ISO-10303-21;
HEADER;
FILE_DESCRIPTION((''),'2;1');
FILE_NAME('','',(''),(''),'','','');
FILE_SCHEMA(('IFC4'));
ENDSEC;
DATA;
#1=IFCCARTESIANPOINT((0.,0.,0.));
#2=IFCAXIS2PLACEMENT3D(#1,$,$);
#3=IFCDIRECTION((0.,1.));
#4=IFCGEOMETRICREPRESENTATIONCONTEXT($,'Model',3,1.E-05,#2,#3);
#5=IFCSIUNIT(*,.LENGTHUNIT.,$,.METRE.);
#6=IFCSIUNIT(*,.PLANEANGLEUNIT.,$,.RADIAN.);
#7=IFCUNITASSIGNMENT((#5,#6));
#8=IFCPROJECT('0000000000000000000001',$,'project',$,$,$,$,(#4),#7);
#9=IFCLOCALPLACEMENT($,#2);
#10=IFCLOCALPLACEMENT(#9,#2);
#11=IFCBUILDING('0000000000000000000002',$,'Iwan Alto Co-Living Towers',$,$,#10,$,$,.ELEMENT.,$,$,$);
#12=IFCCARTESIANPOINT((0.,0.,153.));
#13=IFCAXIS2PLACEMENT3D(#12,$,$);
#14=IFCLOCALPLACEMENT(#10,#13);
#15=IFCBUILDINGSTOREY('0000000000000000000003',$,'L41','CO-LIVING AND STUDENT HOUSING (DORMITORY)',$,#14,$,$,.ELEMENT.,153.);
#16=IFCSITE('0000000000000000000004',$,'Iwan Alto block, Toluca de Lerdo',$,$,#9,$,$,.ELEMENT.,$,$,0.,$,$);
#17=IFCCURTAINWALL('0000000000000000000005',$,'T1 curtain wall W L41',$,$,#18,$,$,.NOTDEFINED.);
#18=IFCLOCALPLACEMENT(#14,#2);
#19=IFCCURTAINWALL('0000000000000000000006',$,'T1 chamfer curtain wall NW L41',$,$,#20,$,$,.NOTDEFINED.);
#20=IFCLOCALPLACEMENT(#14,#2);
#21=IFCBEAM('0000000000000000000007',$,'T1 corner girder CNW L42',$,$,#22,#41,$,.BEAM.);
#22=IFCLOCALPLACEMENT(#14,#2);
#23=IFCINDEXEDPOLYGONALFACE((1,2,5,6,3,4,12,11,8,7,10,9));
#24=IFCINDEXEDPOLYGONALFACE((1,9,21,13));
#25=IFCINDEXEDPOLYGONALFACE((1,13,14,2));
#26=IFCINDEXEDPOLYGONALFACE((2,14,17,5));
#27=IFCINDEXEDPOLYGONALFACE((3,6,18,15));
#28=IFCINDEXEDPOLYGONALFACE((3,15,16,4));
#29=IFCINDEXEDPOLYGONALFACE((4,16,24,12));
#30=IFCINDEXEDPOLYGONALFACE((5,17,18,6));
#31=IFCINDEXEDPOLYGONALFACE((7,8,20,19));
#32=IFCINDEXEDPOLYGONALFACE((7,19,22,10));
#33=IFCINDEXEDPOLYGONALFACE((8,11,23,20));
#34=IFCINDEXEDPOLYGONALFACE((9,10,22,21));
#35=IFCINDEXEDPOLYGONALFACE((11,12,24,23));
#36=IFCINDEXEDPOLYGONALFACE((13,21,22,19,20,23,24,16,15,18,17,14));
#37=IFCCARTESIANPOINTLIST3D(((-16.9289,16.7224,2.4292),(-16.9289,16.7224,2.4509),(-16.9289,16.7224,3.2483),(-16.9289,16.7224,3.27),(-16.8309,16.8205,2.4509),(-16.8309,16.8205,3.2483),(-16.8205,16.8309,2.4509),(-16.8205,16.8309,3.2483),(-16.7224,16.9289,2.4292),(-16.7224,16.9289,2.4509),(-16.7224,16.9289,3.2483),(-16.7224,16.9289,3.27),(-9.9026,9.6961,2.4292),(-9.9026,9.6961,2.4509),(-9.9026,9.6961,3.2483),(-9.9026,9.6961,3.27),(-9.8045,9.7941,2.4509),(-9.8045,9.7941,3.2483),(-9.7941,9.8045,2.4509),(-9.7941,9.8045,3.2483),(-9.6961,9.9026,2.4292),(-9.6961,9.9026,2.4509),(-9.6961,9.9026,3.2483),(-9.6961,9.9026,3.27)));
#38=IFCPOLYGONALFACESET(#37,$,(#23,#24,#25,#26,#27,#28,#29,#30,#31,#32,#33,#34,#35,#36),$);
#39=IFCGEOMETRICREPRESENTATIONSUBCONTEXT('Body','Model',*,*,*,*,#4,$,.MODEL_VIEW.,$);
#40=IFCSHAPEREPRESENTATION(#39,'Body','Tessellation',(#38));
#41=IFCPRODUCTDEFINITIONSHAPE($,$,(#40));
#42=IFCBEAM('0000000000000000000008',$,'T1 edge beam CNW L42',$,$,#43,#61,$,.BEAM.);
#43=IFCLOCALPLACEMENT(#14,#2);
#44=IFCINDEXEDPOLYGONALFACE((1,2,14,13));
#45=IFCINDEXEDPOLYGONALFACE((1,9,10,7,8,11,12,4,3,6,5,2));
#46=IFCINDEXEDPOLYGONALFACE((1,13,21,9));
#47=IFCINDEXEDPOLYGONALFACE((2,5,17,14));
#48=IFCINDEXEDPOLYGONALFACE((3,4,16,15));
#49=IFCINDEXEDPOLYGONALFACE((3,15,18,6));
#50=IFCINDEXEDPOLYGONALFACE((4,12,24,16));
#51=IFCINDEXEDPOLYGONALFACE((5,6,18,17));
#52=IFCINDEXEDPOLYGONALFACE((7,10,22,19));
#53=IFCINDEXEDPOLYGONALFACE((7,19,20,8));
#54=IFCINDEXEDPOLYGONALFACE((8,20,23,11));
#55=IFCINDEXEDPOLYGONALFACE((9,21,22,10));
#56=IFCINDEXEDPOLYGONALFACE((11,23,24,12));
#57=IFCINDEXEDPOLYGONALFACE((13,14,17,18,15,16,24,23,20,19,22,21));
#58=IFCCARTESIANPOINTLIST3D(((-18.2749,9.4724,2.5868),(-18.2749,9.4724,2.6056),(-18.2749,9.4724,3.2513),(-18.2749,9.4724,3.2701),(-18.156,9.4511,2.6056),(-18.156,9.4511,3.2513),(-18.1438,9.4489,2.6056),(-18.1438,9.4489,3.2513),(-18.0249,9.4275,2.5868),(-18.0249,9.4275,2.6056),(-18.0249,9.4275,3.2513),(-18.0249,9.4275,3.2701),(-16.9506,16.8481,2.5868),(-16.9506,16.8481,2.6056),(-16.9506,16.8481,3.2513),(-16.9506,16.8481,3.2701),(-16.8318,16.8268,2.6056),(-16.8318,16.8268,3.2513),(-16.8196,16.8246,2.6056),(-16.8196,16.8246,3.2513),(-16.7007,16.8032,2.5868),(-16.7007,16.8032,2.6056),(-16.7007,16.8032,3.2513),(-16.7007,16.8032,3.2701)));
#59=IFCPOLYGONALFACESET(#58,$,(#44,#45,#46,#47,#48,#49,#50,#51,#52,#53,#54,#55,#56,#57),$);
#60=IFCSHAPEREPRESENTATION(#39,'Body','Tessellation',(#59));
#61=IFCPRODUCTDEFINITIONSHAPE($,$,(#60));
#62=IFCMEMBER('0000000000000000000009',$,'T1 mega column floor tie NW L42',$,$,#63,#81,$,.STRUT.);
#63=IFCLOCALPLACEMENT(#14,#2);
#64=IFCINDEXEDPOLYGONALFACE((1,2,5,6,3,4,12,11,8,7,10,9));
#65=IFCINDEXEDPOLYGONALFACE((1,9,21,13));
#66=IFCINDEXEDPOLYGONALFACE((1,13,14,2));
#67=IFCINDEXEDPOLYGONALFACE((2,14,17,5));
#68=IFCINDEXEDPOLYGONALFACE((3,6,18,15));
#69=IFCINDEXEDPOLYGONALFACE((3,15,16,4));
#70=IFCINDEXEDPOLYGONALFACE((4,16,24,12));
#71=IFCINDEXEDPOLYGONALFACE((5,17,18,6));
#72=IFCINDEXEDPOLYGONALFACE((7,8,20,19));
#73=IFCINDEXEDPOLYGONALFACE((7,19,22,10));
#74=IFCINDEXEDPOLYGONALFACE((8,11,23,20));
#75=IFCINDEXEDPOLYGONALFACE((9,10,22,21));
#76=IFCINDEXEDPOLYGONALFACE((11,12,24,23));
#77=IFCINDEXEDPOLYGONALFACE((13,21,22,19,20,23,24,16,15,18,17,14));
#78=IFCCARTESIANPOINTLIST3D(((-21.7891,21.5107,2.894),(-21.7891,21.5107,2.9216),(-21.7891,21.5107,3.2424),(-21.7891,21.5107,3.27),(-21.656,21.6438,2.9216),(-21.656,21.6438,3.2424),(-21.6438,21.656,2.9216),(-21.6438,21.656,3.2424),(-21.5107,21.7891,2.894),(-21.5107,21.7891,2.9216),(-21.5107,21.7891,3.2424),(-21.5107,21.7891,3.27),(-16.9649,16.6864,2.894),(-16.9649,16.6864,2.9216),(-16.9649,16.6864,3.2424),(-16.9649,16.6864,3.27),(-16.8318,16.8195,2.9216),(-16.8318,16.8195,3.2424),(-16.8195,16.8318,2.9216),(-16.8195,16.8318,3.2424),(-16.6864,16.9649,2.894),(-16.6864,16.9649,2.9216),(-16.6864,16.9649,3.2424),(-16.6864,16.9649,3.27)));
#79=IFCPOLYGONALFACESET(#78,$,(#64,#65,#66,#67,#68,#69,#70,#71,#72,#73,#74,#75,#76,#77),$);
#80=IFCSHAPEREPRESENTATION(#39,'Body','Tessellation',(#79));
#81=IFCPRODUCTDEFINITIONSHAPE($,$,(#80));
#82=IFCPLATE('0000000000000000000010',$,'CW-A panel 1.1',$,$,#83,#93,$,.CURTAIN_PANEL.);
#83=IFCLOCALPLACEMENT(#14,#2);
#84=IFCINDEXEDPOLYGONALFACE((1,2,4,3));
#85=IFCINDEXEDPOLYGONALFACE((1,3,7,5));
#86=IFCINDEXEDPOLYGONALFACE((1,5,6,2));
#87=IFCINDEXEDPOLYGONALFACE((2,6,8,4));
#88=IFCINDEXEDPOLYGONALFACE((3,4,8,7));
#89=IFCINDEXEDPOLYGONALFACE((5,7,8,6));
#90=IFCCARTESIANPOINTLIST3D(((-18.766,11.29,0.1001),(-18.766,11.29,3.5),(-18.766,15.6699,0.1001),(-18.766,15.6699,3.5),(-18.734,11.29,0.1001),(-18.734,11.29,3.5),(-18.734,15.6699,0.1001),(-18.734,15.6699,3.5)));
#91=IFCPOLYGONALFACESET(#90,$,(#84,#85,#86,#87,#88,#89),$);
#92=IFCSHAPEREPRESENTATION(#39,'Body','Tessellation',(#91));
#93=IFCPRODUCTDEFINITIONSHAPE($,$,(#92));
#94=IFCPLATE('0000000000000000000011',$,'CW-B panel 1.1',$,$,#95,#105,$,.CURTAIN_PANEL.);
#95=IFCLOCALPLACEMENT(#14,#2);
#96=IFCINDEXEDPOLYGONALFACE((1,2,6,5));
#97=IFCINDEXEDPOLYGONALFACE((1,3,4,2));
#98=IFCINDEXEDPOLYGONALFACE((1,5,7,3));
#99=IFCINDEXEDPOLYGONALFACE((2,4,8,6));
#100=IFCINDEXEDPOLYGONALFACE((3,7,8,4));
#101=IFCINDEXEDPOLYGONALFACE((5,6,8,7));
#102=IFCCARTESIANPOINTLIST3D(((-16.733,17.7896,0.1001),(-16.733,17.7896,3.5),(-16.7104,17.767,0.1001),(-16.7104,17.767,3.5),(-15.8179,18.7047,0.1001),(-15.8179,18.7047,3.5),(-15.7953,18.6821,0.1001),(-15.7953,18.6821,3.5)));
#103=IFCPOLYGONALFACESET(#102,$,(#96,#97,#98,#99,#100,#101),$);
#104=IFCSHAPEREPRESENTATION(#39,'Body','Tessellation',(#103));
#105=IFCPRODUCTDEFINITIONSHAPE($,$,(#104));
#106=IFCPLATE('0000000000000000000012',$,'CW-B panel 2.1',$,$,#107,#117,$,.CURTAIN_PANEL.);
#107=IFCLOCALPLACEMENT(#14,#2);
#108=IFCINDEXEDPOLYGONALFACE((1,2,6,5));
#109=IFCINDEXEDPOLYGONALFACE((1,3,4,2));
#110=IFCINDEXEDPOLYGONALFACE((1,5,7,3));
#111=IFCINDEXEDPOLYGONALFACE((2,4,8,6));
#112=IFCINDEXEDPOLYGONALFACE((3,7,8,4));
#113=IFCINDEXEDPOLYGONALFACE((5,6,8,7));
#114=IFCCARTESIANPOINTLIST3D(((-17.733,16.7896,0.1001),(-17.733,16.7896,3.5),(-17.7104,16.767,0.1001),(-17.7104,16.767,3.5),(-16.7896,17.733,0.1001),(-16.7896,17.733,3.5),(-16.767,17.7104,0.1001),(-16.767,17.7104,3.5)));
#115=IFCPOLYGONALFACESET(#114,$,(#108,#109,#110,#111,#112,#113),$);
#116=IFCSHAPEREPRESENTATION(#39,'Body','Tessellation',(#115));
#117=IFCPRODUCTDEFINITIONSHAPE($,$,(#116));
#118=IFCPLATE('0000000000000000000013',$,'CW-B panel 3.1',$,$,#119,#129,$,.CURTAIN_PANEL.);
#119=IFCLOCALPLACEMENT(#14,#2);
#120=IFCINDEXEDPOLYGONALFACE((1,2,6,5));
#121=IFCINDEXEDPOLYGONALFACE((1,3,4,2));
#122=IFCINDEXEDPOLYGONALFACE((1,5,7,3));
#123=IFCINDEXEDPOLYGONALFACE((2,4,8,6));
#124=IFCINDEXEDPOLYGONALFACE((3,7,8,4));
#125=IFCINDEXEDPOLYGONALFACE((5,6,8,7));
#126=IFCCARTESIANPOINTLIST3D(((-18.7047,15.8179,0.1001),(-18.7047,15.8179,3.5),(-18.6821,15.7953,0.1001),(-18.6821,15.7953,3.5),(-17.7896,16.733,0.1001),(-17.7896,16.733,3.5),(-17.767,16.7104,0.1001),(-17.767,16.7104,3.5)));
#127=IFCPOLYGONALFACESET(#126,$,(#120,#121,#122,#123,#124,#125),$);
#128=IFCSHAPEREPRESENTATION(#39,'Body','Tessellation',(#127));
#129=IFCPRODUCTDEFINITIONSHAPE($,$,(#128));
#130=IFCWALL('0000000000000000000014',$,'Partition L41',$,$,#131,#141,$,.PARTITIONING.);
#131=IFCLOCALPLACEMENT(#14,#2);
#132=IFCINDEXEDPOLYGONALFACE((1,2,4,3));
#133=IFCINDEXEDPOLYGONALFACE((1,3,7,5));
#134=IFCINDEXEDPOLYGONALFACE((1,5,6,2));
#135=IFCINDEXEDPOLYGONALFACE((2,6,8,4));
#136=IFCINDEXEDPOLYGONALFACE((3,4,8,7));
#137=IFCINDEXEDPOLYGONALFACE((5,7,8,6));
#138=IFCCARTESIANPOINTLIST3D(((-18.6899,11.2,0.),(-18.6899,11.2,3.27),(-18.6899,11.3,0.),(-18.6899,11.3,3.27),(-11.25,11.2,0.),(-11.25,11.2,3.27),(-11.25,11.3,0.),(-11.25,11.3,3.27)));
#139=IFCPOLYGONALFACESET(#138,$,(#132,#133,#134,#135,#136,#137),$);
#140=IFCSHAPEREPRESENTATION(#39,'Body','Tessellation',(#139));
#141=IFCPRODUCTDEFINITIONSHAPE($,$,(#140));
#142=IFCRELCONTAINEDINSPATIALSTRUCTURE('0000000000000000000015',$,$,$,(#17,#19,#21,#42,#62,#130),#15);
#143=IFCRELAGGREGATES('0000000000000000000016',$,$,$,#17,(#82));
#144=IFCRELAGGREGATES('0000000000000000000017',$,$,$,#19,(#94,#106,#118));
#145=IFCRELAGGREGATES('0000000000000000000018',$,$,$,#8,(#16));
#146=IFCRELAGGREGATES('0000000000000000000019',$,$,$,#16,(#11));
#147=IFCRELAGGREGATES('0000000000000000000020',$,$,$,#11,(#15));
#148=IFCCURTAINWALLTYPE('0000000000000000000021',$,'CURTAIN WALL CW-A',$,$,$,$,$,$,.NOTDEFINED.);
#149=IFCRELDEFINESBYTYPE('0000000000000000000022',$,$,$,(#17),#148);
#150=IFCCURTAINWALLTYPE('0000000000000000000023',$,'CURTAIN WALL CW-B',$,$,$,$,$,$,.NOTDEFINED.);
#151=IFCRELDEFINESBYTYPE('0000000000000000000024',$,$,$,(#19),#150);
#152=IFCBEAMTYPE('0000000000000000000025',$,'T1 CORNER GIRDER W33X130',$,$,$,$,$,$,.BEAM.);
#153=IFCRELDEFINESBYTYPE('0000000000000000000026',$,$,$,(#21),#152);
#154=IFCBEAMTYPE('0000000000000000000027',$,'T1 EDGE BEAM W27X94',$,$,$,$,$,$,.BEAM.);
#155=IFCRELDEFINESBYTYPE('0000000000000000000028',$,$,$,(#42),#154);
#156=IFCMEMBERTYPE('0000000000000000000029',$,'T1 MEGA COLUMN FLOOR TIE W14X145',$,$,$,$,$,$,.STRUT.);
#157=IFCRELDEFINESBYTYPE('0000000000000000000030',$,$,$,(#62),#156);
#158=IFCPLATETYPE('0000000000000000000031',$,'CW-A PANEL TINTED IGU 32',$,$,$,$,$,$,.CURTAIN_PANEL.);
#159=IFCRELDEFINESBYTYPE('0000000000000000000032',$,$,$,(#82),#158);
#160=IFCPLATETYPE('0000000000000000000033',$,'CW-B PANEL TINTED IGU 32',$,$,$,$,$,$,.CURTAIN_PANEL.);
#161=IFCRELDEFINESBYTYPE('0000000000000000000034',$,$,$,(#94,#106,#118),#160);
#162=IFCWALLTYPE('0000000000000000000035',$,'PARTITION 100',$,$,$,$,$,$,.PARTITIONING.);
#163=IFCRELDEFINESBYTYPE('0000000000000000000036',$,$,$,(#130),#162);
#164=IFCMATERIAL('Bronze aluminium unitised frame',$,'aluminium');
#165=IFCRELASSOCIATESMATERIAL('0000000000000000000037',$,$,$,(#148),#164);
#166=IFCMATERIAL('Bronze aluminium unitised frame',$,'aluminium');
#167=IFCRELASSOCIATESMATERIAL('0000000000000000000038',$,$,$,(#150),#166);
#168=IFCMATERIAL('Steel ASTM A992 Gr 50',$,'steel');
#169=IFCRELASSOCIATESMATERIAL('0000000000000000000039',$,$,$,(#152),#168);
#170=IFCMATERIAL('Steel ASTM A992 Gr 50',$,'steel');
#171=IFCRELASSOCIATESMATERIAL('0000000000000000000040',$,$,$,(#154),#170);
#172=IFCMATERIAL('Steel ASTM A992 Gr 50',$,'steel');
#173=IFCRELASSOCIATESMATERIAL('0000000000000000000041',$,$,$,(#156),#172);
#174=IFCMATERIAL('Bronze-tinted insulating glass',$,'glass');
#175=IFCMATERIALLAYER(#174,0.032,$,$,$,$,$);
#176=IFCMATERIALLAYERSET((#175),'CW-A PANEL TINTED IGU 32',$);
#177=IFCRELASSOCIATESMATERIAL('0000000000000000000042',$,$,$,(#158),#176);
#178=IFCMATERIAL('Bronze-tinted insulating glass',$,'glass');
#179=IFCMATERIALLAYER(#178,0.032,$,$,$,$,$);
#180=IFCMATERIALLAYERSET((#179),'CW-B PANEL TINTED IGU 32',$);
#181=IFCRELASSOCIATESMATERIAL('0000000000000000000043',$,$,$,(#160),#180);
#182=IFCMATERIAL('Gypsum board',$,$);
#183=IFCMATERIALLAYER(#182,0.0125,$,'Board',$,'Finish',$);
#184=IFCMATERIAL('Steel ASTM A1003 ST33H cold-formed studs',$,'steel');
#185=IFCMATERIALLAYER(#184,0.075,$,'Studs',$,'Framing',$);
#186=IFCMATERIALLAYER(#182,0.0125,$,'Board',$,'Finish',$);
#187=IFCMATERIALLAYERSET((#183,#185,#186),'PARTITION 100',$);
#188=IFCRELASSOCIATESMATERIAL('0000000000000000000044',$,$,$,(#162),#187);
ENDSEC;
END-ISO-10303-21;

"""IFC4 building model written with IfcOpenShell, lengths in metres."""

from ifc_helpers import new_model, si_unit, direction, frame, frame_2d, origin, origin_2d, place, context, subcontext, project, spatial, rectangle, i_section, extrude, material, layer, layer_set, material_profile, profile_set, type_object, element, aggregate, save


model = new_model("IFC4")

# Units and contexts
model_context = context("Model", 3, precision=1e-05, world=origin(), true_north=direction((0.0, 1.0)))
body_context = subcontext(model_context, "Body", "Model", "MODEL_VIEW")
ifc_project = project(units=[si_unit("LENGTHUNIT", "METRE"), si_unit("PLANEANGLEUNIT", "RADIAN")], contexts=[model_context])

# Site, building, storey
site_placement = place(None, origin())
site = spatial("IfcSite", under=ifc_project, at=site_placement, Name="Iwan Alto block, Toluca de Lerdo", CompositionType="ELEMENT", RefElevation=0.0)
building_placement = place(site_placement, origin())
building = spatial("IfcBuilding", under=site, at=building_placement, Name="Iwan Alto Co-Living Towers", CompositionType="ELEMENT")
storey_placement = place(building_placement, frame((0.0, 0.0, 153.0)))
storey = spatial("IfcBuildingStorey", under=building, at=storey_placement, Name="L41", Description="CO-LIVING AND STUDENT HOUSING (DORMITORY)", CompositionType="ELEMENT", Elevation=153.0)

# Shared definitions
ifc_material_1 = material(Name="Bronze aluminium unitised frame", Category="aluminium")
curtain_wall_type_1 = type_object("IfcCurtainWallType", Name="CURTAIN WALL CW-A", PredefinedType="NOTDEFINED", material=ifc_material_1)

# Curtain walls
curtain_wall_1_placement = place(storey_placement, origin())
curtain_wall_1 = element("IfcCurtainWall", 1, at=curtain_wall_1_placement, inside=storey, type_object=curtain_wall_type_1, Name="T1 curtain wall W L41", PredefinedType="NOTDEFINED")
ifc_material_2 = material(Name="Bronze aluminium unitised frame", Category="aluminium")
curtain_wall_type_2 = type_object("IfcCurtainWallType", Name="CURTAIN WALL CW-B", PredefinedType="NOTDEFINED", material=ifc_material_2)
curtain_wall_2_placement = place(storey_placement, origin())
curtain_wall_2 = element("IfcCurtainWall", 2, at=curtain_wall_2_placement, inside=storey, type_object=curtain_wall_type_2, Name="T1 chamfer curtain wall NW L41", PredefinedType="NOTDEFINED")

# Beams
ifc_material_3 = material(Name="Steel ASTM A992 Gr 50", Category="steel")
ifc_material_profile_1 = material_profile(ifc_material_3, i_section(OverallWidth=0.292, OverallDepth=0.8408, WebThickness=0.0146, FlangeThickness=0.0217, at=origin_2d()), Name="W33X130")
ifc_profile_set_1 = profile_set([ifc_material_profile_1], Name="Steel ASTM A992 Gr 50")
beam_type_1 = type_object("IfcBeamType", Name="T1 CORNER GIRDER W33X130", PredefinedType="BEAM", material=ifc_profile_set_1)
beam_1_placement = place(storey_placement, frame((-16.8257, 16.8257, 2.8496), z_axis=(0.707107, -0.707107, 0.0), x_axis=(0.707107, 0.707107, 0.0)))
element("IfcBeam", 3, at=beam_1_placement, inside=storey, type_object=beam_type_1, Name="T1 corner girder CNW L42", PredefinedType="BEAM", context=body_context, shape_type="SweptSolid", body=[
    extrude(i_section(OverallWidth=0.292, OverallDepth=0.8408, WebThickness=0.0146, FlangeThickness=0.0217, at=origin_2d()), origin(), (0.0, 0.0, 1.0), 9.9368),
])
ifc_material_4 = material(Name="Steel ASTM A992 Gr 50", Category="steel")
ifc_material_profile_2 = material_profile(ifc_material_4, i_section(OverallWidth=0.2539, OverallDepth=0.6833, WebThickness=0.0125, FlangeThickness=0.0188, at=origin_2d()), Name="W27X94")
ifc_profile_set_2 = profile_set([ifc_material_profile_2], Name="Steel ASTM A992 Gr 50")
beam_type_2 = type_object("IfcBeamType", Name="T1 EDGE BEAM W27X94", PredefinedType="BEAM", material=ifc_profile_set_2)
beam_2_placement = place(storey_placement, frame((-16.8257, 16.8257, 2.9285), z_axis=(-0.176712, -0.984263, 0.0), x_axis=(0.984263, -0.176712, 0.0)))
element("IfcBeam", 4, at=beam_2_placement, inside=storey, type_object=beam_type_2, Name="T1 edge beam CNW L42", PredefinedType="BEAM", context=body_context, shape_type="SweptSolid", body=[
    extrude(i_section(OverallWidth=0.2539, OverallDepth=0.6833, WebThickness=0.0125, FlangeThickness=0.0188, at=origin_2d()), origin(), (0.0, 0.0, 1.0), 7.4937),
])

# Member
ifc_material_5 = material(Name="Steel ASTM A992 Gr 50", Category="steel")
ifc_material_profile_3 = material_profile(ifc_material_5, i_section(OverallWidth=0.3938, OverallDepth=0.376, WebThickness=0.0173, FlangeThickness=0.0276, at=origin_2d()), Name="W14X145")
ifc_profile_set_3 = profile_set([ifc_material_profile_3], Name="Steel ASTM A992 Gr 50")
member_type_1 = type_object("IfcMemberType", Name="T1 MEGA COLUMN FLOOR TIE W14X145", PredefinedType="STRUT", material=ifc_profile_set_3)
member_1_placement = place(storey_placement, frame((-21.6499, 21.6499, 3.082), z_axis=(0.707107, -0.707107, 0.0), x_axis=(0.707107, 0.707107, 0.0)))
element("IfcMember", 5, at=member_1_placement, inside=storey, type_object=member_type_1, Name="T1 mega column floor tie NW L42", PredefinedType="STRUT", context=body_context, shape_type="SweptSolid", body=[
    extrude(i_section(OverallWidth=0.3938, OverallDepth=0.376, WebThickness=0.0173, FlangeThickness=0.0276, at=origin_2d()), origin(), (0.0, 0.0, 1.0), 6.8225),
])

# Plates
ifc_material_6 = material(Name="Bronze-tinted insulating glass", Category="glass")
ifc_layer_1 = layer(ifc_material_6, 0.032)
ifc_layer_set_1 = layer_set([ifc_layer_1], Name="CW-A PANEL TINTED IGU 32")
plate_type_1 = type_object("IfcPlateType", Name="CW-A PANEL TINTED IGU 32", PredefinedType="CURTAIN_PANEL", material=ifc_layer_set_1)
plate_1_placement = place(storey_placement, frame((-18.75, 13.48, 0.1001), z_axis=(0.0, 0.0, 1.0), x_axis=(0.0, -1.0, 0.0)))
plate_1 = element("IfcPlate", 6, at=plate_1_placement, type_object=plate_type_1, Name="CW-A panel 1.1", PredefinedType="CURTAIN_PANEL", context=body_context, shape_type="SweptSolid", body=[
    extrude(rectangle(XDim=4.3799, YDim=0.032, at=origin_2d()), origin(), (0.0, 0.0, 1.0), 3.3999),
])
aggregate(curtain_wall_1, [plate_1])
ifc_material_7 = material(Name="Bronze-tinted insulating glass", Category="glass")
ifc_layer_2 = layer(ifc_material_7, 0.032)
ifc_layer_set_2 = layer_set([ifc_layer_2], Name="CW-B PANEL TINTED IGU 32")
plate_type_2 = type_object("IfcPlateType", Name="CW-B PANEL TINTED IGU 32", PredefinedType="CURTAIN_PANEL", material=ifc_layer_set_2)
plate_2_placement = place(storey_placement, frame((-16.2642, 18.2358, 0.1001), z_axis=(0.0, 0.0, 1.0), x_axis=(-0.707107, -0.707107, 0.0)))
plate_2 = element("IfcPlate", 7, at=plate_2_placement, type_object=plate_type_2, Name="CW-B panel 1.1", PredefinedType="CURTAIN_PANEL", context=body_context, shape_type="SweptSolid", body=[
    extrude(rectangle(XDim=1.2942, YDim=0.032, at=origin_2d()), origin(), (0.0, 0.0, 1.0), 3.3999),
])
plate_3_placement = place(storey_placement, frame((-17.25, 17.25, 0.1001), z_axis=(0.0, 0.0, 1.0), x_axis=(-0.707107, -0.707107, 0.0)))
plate_3 = element("IfcPlate", 8, at=plate_3_placement, type_object=plate_type_2, Name="CW-B panel 2.1", PredefinedType="CURTAIN_PANEL", context=body_context, shape_type="SweptSolid", body=[
    extrude(rectangle(XDim=1.3342, YDim=0.032, at=origin_2d()), origin(), (0.0, 0.0, 1.0), 3.3999),
])
plate_4_placement = place(storey_placement, frame((-18.2358, 16.2642, 0.1001), z_axis=(0.0, 0.0, 1.0), x_axis=(-0.707107, -0.707107, 0.0)))
plate_4 = element("IfcPlate", 9, at=plate_4_placement, type_object=plate_type_2, Name="CW-B panel 3.1", PredefinedType="CURTAIN_PANEL", context=body_context, shape_type="SweptSolid", body=[
    extrude(rectangle(XDim=1.2942, YDim=0.032, at=origin_2d()), origin(), (0.0, 0.0, 1.0), 3.3999),
])
aggregate(curtain_wall_2, [plate_2, plate_3, plate_4])

# Wall
ifc_material_8 = material(Name="Gypsum board")
ifc_layer_3 = layer(ifc_material_8, 0.0125, Name="Board", Category="Finish")
ifc_material_9 = material(Name="Steel ASTM A1003 ST33H cold-formed studs", Category="steel")
ifc_layer_4 = layer(ifc_material_9, 0.075, Name="Studs", Category="Framing")
ifc_layer_5 = layer(ifc_material_8, 0.0125, Name="Board", Category="Finish")
ifc_layer_set_3 = layer_set([ifc_layer_3, ifc_layer_4, ifc_layer_5], Name="PARTITION 100")
wall_type = type_object("IfcWallType", Name="PARTITION 100", PredefinedType="PARTITIONING", material=ifc_layer_set_3)
wall_placement = place(storey_placement, frame((-18.6899, 11.25, 0.0), z_axis=(0.0, 0.0, 1.0), x_axis=(1.0, 0.0, 0.0)))
element("IfcWall", 10, at=wall_placement, inside=storey, type_object=wall_type, Name="Partition L41", PredefinedType="PARTITIONING", context=body_context, shape_type="SweptSolid", body=[
    extrude(rectangle(XDim=7.4399, YDim=0.1001, at=frame_2d((3.72, 0.0))), origin(), (0.0, 0.0, 1.0), 3.27),
])

save(model, "model.ifc")
